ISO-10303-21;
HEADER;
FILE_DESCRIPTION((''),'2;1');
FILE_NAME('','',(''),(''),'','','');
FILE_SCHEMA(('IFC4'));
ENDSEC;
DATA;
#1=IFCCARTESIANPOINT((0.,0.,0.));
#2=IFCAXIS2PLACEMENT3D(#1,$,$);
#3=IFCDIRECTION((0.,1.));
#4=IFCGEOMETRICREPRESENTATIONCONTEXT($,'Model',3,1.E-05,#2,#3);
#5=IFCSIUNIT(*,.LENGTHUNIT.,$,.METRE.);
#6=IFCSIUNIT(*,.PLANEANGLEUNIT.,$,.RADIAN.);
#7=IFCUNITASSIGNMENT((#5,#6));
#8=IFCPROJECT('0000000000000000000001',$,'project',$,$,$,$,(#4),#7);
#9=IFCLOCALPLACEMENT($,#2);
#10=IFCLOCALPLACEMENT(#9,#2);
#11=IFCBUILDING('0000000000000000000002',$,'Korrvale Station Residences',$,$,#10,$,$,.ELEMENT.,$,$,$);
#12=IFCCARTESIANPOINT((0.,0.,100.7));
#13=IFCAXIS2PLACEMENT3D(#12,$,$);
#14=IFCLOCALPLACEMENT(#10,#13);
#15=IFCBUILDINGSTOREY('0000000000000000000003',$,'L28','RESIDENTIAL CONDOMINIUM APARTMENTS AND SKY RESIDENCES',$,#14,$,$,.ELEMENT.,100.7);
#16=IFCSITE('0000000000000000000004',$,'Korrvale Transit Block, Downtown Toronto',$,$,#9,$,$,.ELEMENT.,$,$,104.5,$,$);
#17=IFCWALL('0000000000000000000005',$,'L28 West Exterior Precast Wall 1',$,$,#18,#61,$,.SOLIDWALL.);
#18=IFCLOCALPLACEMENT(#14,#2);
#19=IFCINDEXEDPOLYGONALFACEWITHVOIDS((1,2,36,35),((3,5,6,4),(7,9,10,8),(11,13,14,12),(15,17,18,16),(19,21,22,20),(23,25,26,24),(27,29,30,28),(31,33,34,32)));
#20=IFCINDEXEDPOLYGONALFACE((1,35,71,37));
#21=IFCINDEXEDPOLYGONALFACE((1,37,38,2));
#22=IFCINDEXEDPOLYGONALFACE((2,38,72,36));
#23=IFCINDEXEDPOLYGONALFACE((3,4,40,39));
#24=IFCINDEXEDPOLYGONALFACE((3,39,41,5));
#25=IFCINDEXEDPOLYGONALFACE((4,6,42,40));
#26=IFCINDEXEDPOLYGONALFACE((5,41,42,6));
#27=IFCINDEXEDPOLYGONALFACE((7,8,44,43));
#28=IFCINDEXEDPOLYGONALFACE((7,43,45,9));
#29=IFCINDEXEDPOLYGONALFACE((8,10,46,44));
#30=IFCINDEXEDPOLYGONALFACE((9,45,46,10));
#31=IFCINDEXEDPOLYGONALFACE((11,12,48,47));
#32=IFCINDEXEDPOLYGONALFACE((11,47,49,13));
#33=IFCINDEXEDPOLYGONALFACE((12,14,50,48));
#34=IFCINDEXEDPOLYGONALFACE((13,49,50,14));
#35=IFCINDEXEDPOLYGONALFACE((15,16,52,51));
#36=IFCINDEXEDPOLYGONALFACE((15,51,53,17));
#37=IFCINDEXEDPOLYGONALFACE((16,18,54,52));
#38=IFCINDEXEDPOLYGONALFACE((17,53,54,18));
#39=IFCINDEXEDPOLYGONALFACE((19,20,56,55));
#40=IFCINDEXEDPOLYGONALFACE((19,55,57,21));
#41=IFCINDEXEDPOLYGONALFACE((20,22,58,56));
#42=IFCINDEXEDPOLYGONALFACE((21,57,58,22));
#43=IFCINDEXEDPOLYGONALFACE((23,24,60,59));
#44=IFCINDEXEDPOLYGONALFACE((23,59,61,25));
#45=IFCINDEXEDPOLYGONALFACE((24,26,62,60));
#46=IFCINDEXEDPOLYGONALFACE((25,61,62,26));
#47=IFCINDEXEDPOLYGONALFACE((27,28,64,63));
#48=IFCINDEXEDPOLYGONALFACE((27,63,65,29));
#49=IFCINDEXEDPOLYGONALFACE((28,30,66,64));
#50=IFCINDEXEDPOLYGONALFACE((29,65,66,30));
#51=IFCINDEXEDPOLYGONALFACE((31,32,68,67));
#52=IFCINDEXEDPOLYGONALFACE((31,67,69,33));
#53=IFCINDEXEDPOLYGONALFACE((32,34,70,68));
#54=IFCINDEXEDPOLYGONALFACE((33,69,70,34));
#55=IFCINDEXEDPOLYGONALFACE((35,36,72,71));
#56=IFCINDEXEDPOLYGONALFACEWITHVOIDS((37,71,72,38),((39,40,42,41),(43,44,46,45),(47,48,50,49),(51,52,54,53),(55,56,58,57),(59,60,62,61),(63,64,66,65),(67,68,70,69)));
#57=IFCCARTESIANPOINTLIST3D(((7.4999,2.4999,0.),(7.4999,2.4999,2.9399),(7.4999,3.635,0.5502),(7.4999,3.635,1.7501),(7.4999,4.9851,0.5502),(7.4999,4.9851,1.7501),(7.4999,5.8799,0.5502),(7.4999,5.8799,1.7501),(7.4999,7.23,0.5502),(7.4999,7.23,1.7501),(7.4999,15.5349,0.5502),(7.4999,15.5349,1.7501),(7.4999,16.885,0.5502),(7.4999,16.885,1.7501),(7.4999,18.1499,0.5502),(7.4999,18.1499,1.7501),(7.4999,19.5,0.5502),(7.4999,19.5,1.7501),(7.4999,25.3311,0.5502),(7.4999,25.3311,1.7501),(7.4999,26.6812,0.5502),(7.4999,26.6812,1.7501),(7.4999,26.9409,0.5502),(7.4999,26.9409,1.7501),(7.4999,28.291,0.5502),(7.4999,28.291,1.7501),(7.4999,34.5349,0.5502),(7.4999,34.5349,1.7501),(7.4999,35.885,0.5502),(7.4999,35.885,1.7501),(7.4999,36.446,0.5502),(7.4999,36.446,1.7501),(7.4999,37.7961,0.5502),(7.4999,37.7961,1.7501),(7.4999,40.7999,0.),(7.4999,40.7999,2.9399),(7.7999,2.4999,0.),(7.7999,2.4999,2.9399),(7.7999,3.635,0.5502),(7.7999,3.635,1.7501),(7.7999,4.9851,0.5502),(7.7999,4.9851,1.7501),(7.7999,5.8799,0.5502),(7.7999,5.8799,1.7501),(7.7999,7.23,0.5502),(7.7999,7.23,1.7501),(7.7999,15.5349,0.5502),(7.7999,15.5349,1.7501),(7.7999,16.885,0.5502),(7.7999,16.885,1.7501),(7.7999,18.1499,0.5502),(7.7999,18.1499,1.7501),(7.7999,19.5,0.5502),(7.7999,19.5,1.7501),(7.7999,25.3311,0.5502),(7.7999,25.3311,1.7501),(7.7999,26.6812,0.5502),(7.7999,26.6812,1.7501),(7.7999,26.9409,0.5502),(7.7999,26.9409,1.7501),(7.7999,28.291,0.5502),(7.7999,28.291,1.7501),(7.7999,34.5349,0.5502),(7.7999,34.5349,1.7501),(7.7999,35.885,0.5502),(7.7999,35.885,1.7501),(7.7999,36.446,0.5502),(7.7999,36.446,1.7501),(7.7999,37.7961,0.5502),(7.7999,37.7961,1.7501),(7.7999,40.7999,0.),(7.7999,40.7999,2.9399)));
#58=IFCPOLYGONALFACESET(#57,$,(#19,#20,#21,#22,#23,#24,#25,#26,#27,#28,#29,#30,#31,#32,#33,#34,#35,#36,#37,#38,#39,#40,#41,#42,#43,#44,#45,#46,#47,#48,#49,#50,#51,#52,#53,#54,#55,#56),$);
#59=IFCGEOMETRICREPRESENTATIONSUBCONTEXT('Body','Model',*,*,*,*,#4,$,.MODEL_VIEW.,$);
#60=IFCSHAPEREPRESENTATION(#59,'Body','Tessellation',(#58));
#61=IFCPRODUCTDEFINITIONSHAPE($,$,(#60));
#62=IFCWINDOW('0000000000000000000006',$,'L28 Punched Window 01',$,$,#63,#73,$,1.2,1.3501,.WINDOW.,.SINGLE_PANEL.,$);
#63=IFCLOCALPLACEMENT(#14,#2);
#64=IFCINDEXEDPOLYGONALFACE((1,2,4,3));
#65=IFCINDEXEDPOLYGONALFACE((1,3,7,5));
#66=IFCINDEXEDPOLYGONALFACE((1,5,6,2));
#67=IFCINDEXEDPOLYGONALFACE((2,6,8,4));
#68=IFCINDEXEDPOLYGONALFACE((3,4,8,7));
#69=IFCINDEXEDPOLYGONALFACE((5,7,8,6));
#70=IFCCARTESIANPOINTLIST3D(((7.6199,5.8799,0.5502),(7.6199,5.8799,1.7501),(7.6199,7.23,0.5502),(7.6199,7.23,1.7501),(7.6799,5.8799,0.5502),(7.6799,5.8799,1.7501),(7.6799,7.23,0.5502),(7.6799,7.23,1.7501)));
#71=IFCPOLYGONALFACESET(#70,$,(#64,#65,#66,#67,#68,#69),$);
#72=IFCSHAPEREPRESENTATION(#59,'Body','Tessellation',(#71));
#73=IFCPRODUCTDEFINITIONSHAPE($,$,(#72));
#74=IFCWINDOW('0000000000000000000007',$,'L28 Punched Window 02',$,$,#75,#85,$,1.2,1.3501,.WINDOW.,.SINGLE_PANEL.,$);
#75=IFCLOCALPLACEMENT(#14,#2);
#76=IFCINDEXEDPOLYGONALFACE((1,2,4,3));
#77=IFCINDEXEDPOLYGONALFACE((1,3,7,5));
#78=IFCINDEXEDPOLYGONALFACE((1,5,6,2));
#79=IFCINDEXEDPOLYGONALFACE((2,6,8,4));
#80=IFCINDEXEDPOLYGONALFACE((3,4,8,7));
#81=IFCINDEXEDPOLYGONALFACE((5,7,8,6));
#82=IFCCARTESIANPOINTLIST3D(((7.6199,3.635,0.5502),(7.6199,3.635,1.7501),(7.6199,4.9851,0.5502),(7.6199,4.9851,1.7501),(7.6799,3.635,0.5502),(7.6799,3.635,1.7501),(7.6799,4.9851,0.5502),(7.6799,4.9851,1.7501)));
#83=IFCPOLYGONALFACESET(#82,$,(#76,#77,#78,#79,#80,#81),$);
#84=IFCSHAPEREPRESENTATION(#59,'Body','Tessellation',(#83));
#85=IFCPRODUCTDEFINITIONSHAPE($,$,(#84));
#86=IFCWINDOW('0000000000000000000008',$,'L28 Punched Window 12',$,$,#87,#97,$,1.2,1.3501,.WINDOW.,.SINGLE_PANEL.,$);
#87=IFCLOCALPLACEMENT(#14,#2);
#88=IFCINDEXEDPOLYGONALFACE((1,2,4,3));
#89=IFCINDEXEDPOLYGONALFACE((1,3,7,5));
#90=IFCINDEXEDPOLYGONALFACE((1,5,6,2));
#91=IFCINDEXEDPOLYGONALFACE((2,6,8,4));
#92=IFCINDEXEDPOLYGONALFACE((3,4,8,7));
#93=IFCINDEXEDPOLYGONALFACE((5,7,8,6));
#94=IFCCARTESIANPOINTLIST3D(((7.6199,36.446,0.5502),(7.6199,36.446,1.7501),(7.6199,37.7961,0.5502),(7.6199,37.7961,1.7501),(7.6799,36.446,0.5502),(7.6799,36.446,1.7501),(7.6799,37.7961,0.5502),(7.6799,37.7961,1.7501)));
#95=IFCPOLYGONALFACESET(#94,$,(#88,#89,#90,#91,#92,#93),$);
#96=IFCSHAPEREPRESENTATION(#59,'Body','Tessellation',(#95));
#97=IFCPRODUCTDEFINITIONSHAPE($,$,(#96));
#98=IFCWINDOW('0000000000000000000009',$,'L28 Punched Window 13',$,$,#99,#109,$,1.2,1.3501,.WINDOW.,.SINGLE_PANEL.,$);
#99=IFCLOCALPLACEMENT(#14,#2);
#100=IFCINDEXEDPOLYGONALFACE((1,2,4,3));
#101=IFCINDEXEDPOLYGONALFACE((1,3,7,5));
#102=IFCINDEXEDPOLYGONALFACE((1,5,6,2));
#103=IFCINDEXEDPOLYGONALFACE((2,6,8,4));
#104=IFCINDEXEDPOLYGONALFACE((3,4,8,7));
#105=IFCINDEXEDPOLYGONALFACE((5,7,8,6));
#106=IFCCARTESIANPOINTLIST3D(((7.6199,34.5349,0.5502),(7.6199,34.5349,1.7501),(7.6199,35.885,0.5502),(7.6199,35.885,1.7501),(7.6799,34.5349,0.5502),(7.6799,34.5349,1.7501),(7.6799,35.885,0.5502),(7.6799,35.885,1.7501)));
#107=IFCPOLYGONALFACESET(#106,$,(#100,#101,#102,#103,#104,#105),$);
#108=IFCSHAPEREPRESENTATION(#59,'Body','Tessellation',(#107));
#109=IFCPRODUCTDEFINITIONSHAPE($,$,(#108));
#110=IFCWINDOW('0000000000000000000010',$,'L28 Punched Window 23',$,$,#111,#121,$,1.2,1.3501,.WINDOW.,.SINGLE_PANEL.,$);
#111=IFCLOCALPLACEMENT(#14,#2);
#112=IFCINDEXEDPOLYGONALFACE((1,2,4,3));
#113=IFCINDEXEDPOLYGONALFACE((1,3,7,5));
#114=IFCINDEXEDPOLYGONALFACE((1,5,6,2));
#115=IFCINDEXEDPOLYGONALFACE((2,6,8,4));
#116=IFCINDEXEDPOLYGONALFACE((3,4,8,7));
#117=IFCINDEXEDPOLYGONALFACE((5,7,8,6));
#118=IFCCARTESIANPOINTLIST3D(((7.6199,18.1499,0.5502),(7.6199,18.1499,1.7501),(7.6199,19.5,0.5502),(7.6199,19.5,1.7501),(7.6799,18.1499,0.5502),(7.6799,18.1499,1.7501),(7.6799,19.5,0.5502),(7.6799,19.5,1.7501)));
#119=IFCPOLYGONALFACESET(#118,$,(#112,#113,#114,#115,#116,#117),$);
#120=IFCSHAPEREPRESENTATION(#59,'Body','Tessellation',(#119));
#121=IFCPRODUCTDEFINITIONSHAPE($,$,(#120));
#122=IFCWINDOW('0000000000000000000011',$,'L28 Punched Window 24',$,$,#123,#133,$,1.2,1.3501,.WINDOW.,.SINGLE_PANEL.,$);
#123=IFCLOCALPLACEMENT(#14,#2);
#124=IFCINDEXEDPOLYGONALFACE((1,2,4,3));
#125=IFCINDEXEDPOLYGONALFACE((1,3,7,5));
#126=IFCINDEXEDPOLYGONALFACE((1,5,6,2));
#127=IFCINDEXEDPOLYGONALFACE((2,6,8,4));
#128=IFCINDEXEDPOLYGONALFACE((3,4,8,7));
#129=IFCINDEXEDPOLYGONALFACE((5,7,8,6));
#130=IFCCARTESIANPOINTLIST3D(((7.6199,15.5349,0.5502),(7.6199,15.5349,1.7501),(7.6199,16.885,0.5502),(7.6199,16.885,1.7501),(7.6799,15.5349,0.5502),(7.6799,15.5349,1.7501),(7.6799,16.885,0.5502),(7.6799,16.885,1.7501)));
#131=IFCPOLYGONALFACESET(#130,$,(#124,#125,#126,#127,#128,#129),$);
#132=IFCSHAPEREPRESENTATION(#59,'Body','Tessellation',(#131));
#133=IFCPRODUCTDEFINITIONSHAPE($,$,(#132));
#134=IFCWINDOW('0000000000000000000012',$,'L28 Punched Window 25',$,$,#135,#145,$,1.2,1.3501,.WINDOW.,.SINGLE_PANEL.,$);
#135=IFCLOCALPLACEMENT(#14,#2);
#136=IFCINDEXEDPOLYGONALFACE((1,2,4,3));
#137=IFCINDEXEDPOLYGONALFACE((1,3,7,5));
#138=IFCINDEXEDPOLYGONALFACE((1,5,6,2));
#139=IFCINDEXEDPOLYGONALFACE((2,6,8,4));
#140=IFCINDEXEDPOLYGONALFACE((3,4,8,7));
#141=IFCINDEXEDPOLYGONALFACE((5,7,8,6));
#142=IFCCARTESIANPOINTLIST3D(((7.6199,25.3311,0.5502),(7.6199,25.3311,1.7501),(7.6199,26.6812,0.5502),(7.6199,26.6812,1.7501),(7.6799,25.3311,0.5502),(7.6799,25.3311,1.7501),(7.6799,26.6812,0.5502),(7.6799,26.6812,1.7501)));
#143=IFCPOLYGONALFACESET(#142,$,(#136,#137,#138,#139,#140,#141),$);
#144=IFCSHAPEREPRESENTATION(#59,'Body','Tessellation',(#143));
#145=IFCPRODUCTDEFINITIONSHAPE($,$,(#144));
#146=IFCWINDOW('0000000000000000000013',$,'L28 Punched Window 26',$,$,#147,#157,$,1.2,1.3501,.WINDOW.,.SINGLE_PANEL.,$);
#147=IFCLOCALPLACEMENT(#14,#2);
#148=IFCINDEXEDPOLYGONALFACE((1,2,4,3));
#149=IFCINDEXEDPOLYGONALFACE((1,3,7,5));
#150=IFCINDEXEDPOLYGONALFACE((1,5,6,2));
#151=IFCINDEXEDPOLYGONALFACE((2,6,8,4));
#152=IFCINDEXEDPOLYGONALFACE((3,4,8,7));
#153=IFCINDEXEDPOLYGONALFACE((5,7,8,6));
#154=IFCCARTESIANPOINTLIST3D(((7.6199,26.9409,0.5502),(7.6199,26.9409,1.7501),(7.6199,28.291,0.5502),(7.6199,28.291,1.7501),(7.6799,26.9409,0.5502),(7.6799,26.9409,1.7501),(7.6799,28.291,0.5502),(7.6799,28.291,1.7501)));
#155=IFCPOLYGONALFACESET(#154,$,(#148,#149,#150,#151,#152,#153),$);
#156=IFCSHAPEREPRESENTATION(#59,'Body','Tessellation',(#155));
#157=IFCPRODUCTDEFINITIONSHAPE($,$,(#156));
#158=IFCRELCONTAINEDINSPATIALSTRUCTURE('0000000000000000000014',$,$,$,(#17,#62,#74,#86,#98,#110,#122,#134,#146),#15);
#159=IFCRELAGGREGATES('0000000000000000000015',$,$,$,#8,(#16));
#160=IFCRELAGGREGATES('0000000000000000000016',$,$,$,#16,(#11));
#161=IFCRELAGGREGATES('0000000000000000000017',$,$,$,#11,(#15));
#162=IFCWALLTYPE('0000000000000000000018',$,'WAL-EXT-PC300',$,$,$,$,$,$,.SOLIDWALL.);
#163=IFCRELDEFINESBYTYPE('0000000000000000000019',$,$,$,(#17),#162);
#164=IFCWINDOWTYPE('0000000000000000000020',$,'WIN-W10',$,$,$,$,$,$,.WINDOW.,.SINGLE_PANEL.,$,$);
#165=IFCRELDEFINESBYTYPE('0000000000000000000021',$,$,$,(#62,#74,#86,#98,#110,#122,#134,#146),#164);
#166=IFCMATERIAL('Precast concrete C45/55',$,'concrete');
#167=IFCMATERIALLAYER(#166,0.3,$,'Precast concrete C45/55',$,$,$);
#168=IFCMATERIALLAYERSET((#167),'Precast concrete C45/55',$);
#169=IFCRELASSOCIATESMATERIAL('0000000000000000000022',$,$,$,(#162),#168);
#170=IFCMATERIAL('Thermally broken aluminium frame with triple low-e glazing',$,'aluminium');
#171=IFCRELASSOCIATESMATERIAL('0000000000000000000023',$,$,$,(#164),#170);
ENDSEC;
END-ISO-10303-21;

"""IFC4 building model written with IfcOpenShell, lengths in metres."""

from ifc_helpers import new_model, si_unit, direction, frame, frame_2d, origin, place, context, subcontext, project, spatial, rectangle, extrude, material, layer, layer_set, type_object, element, fill, save


model = new_model("IFC4")

# Units and contexts
model_context = context("Model", 3, precision=1e-05, world=origin(), true_north=direction((0.0, 1.0)))
body_context = subcontext(model_context, "Body", "Model", "MODEL_VIEW")
ifc_project = project(units=[si_unit("LENGTHUNIT", "METRE"), si_unit("PLANEANGLEUNIT", "RADIAN")], contexts=[model_context])

# Site, building, storey
site_placement = place(None, origin())
site = spatial("IfcSite", under=ifc_project, at=site_placement, Name="Korrvale Transit Block, Downtown Toronto", CompositionType="ELEMENT", RefElevation=104.5)
building_placement = place(site_placement, origin())
building = spatial("IfcBuilding", under=site, at=building_placement, Name="Korrvale Station Residences", CompositionType="ELEMENT")
storey_placement = place(building_placement, frame((0.0, 0.0, 100.7)))
storey = spatial("IfcBuildingStorey", under=building, at=storey_placement, Name="L28", Description="RESIDENTIAL CONDOMINIUM APARTMENTS AND SKY RESIDENCES", CompositionType="ELEMENT", Elevation=100.7)

# Shared definitions
ifc_material_1 = material(Name="Precast concrete C45/55", Category="concrete")

# Wall, openings, windows
ifc_layer_1 = layer(ifc_material_1, 0.3, Name="Precast concrete C45/55")
ifc_layer_set_1 = layer_set([ifc_layer_1], Name="Precast concrete C45/55")
wall_type_1 = type_object("IfcWallType", Name="WAL-EXT-PC300", PredefinedType="SOLIDWALL", material=ifc_layer_set_1)
wall_1_placement = place(storey_placement, frame((7.6499, 2.5, 0.0), z_axis=(0.0, 0.0, 1.0), x_axis=(0.0, 1.0, 0.0)))
wall_1 = element("IfcWall", 1, at=wall_1_placement, inside=storey, type_object=wall_type_1, Name="L28 West Exterior Precast Wall 1", PredefinedType="SOLIDWALL", context=body_context, shape_type="SweptSolid", body=[
    extrude(rectangle(XDim=38.3, YDim=0.3, at=frame_2d((19.1499, 0.0))), origin(), (0.0, 0.0, 1.0), 2.9399),
])
opening_1_placement = place(wall_1_placement, frame((3.3799, 0.0, 0.55)))
opening_1 = element("IfcOpeningElement", 2, at=opening_1_placement, cuts=wall_1, PredefinedType="OPENING", context=body_context, shape_type="SweptSolid", body=[
    extrude(rectangle(XDim=1.3501, YDim=1.2, at=frame_2d((0.675, 0.6001))), frame((0.0, 0.1602, 0.0), z_axis=(0.0, -1.0, 0.0), x_axis=(1.0, 0.0, 0.0)), (0.0, 0.0, 1.0), 0.3201),
])
opening_2_placement = place(wall_1_placement, frame((1.135, 0.0, 0.55)))
opening_2 = element("IfcOpeningElement", 3, at=opening_2_placement, cuts=wall_1, PredefinedType="OPENING", context=body_context, shape_type="SweptSolid", body=[
    extrude(rectangle(XDim=1.3501, YDim=1.2, at=frame_2d((0.675, 0.6001))), frame((0.0, 0.1602, 0.0), z_axis=(0.0, -1.0, 0.0), x_axis=(1.0, 0.0, 0.0)), (0.0, 0.0, 1.0), 0.3201),
])
opening_3_placement = place(wall_1_placement, frame((33.946, 0.0, 0.55)))
opening_3 = element("IfcOpeningElement", 4, at=opening_3_placement, cuts=wall_1, PredefinedType="OPENING", context=body_context, shape_type="SweptSolid", body=[
    extrude(rectangle(XDim=1.3501, YDim=1.2, at=frame_2d((0.675, 0.6001))), frame((0.0, 0.1602, 0.0), z_axis=(0.0, -1.0, 0.0), x_axis=(1.0, 0.0, 0.0)), (0.0, 0.0, 1.0), 0.3201),
])
opening_4_placement = place(wall_1_placement, frame((32.0349, 0.0, 0.55)))
opening_4 = element("IfcOpeningElement", 5, at=opening_4_placement, cuts=wall_1, PredefinedType="OPENING", context=body_context, shape_type="SweptSolid", body=[
    extrude(rectangle(XDim=1.3501, YDim=1.2, at=frame_2d((0.675, 0.6001))), frame((0.0, 0.1602, 0.0), z_axis=(0.0, -1.0, 0.0), x_axis=(1.0, 0.0, 0.0)), (0.0, 0.0, 1.0), 0.3201),
])
opening_5_placement = place(wall_1_placement, frame((15.6499, 0.0, 0.55)))
opening_5 = element("IfcOpeningElement", 6, at=opening_5_placement, cuts=wall_1, PredefinedType="OPENING", context=body_context, shape_type="SweptSolid", body=[
    extrude(rectangle(XDim=1.3501, YDim=1.2, at=frame_2d((0.675, 0.6001))), frame((0.0, 0.1602, 0.0), z_axis=(0.0, -1.0, 0.0), x_axis=(1.0, 0.0, 0.0)), (0.0, 0.0, 1.0), 0.3201),
])
opening_6_placement = place(wall_1_placement, frame((13.0349, 0.0, 0.55)))
opening_6 = element("IfcOpeningElement", 7, at=opening_6_placement, cuts=wall_1, PredefinedType="OPENING", context=body_context, shape_type="SweptSolid", body=[
    extrude(rectangle(XDim=1.3501, YDim=1.2, at=frame_2d((0.675, 0.6001))), frame((0.0, 0.1602, 0.0), z_axis=(0.0, -1.0, 0.0), x_axis=(1.0, 0.0, 0.0)), (0.0, 0.0, 1.0), 0.3201),
])
opening_7_placement = place(wall_1_placement, frame((22.8311, 0.0, 0.55)))
opening_7 = element("IfcOpeningElement", 8, at=opening_7_placement, cuts=wall_1, PredefinedType="OPENING", context=body_context, shape_type="SweptSolid", body=[
    extrude(rectangle(XDim=1.3501, YDim=1.2, at=frame_2d((0.675, 0.6001))), frame((0.0, 0.1602, 0.0), z_axis=(0.0, -1.0, 0.0), x_axis=(1.0, 0.0, 0.0)), (0.0, 0.0, 1.0), 0.3201),
])
opening_8_placement = place(wall_1_placement, frame((24.4409, 0.0, 0.55)))
opening_8 = element("IfcOpeningElement", 9, at=opening_8_placement, cuts=wall_1, PredefinedType="OPENING", context=body_context, shape_type="SweptSolid", body=[
    extrude(rectangle(XDim=1.3501, YDim=1.2, at=frame_2d((0.675, 0.6001))), frame((0.0, 0.1602, 0.0), z_axis=(0.0, -1.0, 0.0), x_axis=(1.0, 0.0, 0.0)), (0.0, 0.0, 1.0), 0.3201),
])
ifc_material_2 = material(Name="Thermally broken aluminium frame with triple low-e glazing", Category="aluminium")
window_type = type_object("IfcWindowType", Name="WIN-W10", PartitioningType="SINGLE_PANEL", PredefinedType="WINDOW", material=ifc_material_2)
window_1_placement = place(opening_1_placement, origin())
window_1 = element("IfcWindow", 10, at=window_1_placement, inside=storey, type_object=window_type, Name="L28 Punched Window 01", OverallHeight=1.2, OverallWidth=1.3501, PartitioningType="SINGLE_PANEL", PredefinedType="WINDOW", context=body_context, shape_type="SweptSolid", body=[
    extrude(rectangle(XDim=1.3501, YDim=1.2, at=frame_2d((0.675, 0.6001))), frame((0.0, 0.03, 0.0), z_axis=(0.0, -1.0, 0.0), x_axis=(1.0, 0.0, 0.0)), (0.0, 0.0, 1.0), 0.0601),
])
fill(opening_1, window_1)
window_2_placement = place(opening_2_placement, origin())
window_2 = element("IfcWindow", 11, at=window_2_placement, inside=storey, type_object=window_type, Name="L28 Punched Window 02", OverallHeight=1.2, OverallWidth=1.3501, PartitioningType="SINGLE_PANEL", PredefinedType="WINDOW", context=body_context, shape_type="SweptSolid", body=[
    extrude(rectangle(XDim=1.3501, YDim=1.2, at=frame_2d((0.675, 0.6001))), frame((0.0, 0.03, 0.0), z_axis=(0.0, -1.0, 0.0), x_axis=(1.0, 0.0, 0.0)), (0.0, 0.0, 1.0), 0.0601),
])
fill(opening_2, window_2)
window_3_placement = place(opening_3_placement, origin())
window_3 = element("IfcWindow", 12, at=window_3_placement, inside=storey, type_object=window_type, Name="L28 Punched Window 12", OverallHeight=1.2, OverallWidth=1.3501, PartitioningType="SINGLE_PANEL", PredefinedType="WINDOW", context=body_context, shape_type="SweptSolid", body=[
    extrude(rectangle(XDim=1.3501, YDim=1.2, at=frame_2d((0.675, 0.6001))), frame((0.0, 0.03, 0.0), z_axis=(0.0, -1.0, 0.0), x_axis=(1.0, 0.0, 0.0)), (0.0, 0.0, 1.0), 0.0601),
])
fill(opening_3, window_3)
window_4_placement = place(opening_4_placement, origin())
window_4 = element("IfcWindow", 13, at=window_4_placement, inside=storey, type_object=window_type, Name="L28 Punched Window 13", OverallHeight=1.2, OverallWidth=1.3501, PartitioningType="SINGLE_PANEL", PredefinedType="WINDOW", context=body_context, shape_type="SweptSolid", body=[
    extrude(rectangle(XDim=1.3501, YDim=1.2, at=frame_2d((0.675, 0.6001))), frame((0.0, 0.03, 0.0), z_axis=(0.0, -1.0, 0.0), x_axis=(1.0, 0.0, 0.0)), (0.0, 0.0, 1.0), 0.0601),
])
fill(opening_4, window_4)
window_5_placement = place(opening_5_placement, origin())
window_5 = element("IfcWindow", 14, at=window_5_placement, inside=storey, type_object=window_type, Name="L28 Punched Window 23", OverallHeight=1.2, OverallWidth=1.3501, PartitioningType="SINGLE_PANEL", PredefinedType="WINDOW", context=body_context, shape_type="SweptSolid", body=[
    extrude(rectangle(XDim=1.3501, YDim=1.2, at=frame_2d((0.675, 0.6001))), frame((0.0, 0.03, 0.0), z_axis=(0.0, -1.0, 0.0), x_axis=(1.0, 0.0, 0.0)), (0.0, 0.0, 1.0), 0.0601),
])
fill(opening_5, window_5)
window_6_placement = place(opening_6_placement, origin())
window_6 = element("IfcWindow", 15, at=window_6_placement, inside=storey, type_object=window_type, Name="L28 Punched Window 24", OverallHeight=1.2, OverallWidth=1.3501, PartitioningType="SINGLE_PANEL", PredefinedType="WINDOW", context=body_context, shape_type="SweptSolid", body=[
    extrude(rectangle(XDim=1.3501, YDim=1.2, at=frame_2d((0.675, 0.6001))), frame((0.0, 0.03, 0.0), z_axis=(0.0, -1.0, 0.0), x_axis=(1.0, 0.0, 0.0)), (0.0, 0.0, 1.0), 0.0601),
])
fill(opening_6, window_6)
window_7_placement = place(opening_7_placement, origin())
window_7 = element("IfcWindow", 16, at=window_7_placement, inside=storey, type_object=window_type, Name="L28 Punched Window 25", OverallHeight=1.2, OverallWidth=1.3501, PartitioningType="SINGLE_PANEL", PredefinedType="WINDOW", context=body_context, shape_type="SweptSolid", body=[
    extrude(rectangle(XDim=1.3501, YDim=1.2, at=frame_2d((0.675, 0.6001))), frame((0.0, 0.03, 0.0), z_axis=(0.0, -1.0, 0.0), x_axis=(1.0, 0.0, 0.0)), (0.0, 0.0, 1.0), 0.0601),
])
fill(opening_7, window_7)
window_8_placement = place(opening_8_placement, origin())
window_8 = element("IfcWindow", 17, at=window_8_placement, inside=storey, type_object=window_type, Name="L28 Punched Window 26", OverallHeight=1.2, OverallWidth=1.3501, PartitioningType="SINGLE_PANEL", PredefinedType="WINDOW", context=body_context, shape_type="SweptSolid", body=[
    extrude(rectangle(XDim=1.3501, YDim=1.2, at=frame_2d((0.675, 0.6001))), frame((0.0, 0.03, 0.0), z_axis=(0.0, -1.0, 0.0), x_axis=(1.0, 0.0, 0.0)), (0.0, 0.0, 1.0), 0.0601),
])
fill(opening_8, window_8)

save(model, "model.ifc")
